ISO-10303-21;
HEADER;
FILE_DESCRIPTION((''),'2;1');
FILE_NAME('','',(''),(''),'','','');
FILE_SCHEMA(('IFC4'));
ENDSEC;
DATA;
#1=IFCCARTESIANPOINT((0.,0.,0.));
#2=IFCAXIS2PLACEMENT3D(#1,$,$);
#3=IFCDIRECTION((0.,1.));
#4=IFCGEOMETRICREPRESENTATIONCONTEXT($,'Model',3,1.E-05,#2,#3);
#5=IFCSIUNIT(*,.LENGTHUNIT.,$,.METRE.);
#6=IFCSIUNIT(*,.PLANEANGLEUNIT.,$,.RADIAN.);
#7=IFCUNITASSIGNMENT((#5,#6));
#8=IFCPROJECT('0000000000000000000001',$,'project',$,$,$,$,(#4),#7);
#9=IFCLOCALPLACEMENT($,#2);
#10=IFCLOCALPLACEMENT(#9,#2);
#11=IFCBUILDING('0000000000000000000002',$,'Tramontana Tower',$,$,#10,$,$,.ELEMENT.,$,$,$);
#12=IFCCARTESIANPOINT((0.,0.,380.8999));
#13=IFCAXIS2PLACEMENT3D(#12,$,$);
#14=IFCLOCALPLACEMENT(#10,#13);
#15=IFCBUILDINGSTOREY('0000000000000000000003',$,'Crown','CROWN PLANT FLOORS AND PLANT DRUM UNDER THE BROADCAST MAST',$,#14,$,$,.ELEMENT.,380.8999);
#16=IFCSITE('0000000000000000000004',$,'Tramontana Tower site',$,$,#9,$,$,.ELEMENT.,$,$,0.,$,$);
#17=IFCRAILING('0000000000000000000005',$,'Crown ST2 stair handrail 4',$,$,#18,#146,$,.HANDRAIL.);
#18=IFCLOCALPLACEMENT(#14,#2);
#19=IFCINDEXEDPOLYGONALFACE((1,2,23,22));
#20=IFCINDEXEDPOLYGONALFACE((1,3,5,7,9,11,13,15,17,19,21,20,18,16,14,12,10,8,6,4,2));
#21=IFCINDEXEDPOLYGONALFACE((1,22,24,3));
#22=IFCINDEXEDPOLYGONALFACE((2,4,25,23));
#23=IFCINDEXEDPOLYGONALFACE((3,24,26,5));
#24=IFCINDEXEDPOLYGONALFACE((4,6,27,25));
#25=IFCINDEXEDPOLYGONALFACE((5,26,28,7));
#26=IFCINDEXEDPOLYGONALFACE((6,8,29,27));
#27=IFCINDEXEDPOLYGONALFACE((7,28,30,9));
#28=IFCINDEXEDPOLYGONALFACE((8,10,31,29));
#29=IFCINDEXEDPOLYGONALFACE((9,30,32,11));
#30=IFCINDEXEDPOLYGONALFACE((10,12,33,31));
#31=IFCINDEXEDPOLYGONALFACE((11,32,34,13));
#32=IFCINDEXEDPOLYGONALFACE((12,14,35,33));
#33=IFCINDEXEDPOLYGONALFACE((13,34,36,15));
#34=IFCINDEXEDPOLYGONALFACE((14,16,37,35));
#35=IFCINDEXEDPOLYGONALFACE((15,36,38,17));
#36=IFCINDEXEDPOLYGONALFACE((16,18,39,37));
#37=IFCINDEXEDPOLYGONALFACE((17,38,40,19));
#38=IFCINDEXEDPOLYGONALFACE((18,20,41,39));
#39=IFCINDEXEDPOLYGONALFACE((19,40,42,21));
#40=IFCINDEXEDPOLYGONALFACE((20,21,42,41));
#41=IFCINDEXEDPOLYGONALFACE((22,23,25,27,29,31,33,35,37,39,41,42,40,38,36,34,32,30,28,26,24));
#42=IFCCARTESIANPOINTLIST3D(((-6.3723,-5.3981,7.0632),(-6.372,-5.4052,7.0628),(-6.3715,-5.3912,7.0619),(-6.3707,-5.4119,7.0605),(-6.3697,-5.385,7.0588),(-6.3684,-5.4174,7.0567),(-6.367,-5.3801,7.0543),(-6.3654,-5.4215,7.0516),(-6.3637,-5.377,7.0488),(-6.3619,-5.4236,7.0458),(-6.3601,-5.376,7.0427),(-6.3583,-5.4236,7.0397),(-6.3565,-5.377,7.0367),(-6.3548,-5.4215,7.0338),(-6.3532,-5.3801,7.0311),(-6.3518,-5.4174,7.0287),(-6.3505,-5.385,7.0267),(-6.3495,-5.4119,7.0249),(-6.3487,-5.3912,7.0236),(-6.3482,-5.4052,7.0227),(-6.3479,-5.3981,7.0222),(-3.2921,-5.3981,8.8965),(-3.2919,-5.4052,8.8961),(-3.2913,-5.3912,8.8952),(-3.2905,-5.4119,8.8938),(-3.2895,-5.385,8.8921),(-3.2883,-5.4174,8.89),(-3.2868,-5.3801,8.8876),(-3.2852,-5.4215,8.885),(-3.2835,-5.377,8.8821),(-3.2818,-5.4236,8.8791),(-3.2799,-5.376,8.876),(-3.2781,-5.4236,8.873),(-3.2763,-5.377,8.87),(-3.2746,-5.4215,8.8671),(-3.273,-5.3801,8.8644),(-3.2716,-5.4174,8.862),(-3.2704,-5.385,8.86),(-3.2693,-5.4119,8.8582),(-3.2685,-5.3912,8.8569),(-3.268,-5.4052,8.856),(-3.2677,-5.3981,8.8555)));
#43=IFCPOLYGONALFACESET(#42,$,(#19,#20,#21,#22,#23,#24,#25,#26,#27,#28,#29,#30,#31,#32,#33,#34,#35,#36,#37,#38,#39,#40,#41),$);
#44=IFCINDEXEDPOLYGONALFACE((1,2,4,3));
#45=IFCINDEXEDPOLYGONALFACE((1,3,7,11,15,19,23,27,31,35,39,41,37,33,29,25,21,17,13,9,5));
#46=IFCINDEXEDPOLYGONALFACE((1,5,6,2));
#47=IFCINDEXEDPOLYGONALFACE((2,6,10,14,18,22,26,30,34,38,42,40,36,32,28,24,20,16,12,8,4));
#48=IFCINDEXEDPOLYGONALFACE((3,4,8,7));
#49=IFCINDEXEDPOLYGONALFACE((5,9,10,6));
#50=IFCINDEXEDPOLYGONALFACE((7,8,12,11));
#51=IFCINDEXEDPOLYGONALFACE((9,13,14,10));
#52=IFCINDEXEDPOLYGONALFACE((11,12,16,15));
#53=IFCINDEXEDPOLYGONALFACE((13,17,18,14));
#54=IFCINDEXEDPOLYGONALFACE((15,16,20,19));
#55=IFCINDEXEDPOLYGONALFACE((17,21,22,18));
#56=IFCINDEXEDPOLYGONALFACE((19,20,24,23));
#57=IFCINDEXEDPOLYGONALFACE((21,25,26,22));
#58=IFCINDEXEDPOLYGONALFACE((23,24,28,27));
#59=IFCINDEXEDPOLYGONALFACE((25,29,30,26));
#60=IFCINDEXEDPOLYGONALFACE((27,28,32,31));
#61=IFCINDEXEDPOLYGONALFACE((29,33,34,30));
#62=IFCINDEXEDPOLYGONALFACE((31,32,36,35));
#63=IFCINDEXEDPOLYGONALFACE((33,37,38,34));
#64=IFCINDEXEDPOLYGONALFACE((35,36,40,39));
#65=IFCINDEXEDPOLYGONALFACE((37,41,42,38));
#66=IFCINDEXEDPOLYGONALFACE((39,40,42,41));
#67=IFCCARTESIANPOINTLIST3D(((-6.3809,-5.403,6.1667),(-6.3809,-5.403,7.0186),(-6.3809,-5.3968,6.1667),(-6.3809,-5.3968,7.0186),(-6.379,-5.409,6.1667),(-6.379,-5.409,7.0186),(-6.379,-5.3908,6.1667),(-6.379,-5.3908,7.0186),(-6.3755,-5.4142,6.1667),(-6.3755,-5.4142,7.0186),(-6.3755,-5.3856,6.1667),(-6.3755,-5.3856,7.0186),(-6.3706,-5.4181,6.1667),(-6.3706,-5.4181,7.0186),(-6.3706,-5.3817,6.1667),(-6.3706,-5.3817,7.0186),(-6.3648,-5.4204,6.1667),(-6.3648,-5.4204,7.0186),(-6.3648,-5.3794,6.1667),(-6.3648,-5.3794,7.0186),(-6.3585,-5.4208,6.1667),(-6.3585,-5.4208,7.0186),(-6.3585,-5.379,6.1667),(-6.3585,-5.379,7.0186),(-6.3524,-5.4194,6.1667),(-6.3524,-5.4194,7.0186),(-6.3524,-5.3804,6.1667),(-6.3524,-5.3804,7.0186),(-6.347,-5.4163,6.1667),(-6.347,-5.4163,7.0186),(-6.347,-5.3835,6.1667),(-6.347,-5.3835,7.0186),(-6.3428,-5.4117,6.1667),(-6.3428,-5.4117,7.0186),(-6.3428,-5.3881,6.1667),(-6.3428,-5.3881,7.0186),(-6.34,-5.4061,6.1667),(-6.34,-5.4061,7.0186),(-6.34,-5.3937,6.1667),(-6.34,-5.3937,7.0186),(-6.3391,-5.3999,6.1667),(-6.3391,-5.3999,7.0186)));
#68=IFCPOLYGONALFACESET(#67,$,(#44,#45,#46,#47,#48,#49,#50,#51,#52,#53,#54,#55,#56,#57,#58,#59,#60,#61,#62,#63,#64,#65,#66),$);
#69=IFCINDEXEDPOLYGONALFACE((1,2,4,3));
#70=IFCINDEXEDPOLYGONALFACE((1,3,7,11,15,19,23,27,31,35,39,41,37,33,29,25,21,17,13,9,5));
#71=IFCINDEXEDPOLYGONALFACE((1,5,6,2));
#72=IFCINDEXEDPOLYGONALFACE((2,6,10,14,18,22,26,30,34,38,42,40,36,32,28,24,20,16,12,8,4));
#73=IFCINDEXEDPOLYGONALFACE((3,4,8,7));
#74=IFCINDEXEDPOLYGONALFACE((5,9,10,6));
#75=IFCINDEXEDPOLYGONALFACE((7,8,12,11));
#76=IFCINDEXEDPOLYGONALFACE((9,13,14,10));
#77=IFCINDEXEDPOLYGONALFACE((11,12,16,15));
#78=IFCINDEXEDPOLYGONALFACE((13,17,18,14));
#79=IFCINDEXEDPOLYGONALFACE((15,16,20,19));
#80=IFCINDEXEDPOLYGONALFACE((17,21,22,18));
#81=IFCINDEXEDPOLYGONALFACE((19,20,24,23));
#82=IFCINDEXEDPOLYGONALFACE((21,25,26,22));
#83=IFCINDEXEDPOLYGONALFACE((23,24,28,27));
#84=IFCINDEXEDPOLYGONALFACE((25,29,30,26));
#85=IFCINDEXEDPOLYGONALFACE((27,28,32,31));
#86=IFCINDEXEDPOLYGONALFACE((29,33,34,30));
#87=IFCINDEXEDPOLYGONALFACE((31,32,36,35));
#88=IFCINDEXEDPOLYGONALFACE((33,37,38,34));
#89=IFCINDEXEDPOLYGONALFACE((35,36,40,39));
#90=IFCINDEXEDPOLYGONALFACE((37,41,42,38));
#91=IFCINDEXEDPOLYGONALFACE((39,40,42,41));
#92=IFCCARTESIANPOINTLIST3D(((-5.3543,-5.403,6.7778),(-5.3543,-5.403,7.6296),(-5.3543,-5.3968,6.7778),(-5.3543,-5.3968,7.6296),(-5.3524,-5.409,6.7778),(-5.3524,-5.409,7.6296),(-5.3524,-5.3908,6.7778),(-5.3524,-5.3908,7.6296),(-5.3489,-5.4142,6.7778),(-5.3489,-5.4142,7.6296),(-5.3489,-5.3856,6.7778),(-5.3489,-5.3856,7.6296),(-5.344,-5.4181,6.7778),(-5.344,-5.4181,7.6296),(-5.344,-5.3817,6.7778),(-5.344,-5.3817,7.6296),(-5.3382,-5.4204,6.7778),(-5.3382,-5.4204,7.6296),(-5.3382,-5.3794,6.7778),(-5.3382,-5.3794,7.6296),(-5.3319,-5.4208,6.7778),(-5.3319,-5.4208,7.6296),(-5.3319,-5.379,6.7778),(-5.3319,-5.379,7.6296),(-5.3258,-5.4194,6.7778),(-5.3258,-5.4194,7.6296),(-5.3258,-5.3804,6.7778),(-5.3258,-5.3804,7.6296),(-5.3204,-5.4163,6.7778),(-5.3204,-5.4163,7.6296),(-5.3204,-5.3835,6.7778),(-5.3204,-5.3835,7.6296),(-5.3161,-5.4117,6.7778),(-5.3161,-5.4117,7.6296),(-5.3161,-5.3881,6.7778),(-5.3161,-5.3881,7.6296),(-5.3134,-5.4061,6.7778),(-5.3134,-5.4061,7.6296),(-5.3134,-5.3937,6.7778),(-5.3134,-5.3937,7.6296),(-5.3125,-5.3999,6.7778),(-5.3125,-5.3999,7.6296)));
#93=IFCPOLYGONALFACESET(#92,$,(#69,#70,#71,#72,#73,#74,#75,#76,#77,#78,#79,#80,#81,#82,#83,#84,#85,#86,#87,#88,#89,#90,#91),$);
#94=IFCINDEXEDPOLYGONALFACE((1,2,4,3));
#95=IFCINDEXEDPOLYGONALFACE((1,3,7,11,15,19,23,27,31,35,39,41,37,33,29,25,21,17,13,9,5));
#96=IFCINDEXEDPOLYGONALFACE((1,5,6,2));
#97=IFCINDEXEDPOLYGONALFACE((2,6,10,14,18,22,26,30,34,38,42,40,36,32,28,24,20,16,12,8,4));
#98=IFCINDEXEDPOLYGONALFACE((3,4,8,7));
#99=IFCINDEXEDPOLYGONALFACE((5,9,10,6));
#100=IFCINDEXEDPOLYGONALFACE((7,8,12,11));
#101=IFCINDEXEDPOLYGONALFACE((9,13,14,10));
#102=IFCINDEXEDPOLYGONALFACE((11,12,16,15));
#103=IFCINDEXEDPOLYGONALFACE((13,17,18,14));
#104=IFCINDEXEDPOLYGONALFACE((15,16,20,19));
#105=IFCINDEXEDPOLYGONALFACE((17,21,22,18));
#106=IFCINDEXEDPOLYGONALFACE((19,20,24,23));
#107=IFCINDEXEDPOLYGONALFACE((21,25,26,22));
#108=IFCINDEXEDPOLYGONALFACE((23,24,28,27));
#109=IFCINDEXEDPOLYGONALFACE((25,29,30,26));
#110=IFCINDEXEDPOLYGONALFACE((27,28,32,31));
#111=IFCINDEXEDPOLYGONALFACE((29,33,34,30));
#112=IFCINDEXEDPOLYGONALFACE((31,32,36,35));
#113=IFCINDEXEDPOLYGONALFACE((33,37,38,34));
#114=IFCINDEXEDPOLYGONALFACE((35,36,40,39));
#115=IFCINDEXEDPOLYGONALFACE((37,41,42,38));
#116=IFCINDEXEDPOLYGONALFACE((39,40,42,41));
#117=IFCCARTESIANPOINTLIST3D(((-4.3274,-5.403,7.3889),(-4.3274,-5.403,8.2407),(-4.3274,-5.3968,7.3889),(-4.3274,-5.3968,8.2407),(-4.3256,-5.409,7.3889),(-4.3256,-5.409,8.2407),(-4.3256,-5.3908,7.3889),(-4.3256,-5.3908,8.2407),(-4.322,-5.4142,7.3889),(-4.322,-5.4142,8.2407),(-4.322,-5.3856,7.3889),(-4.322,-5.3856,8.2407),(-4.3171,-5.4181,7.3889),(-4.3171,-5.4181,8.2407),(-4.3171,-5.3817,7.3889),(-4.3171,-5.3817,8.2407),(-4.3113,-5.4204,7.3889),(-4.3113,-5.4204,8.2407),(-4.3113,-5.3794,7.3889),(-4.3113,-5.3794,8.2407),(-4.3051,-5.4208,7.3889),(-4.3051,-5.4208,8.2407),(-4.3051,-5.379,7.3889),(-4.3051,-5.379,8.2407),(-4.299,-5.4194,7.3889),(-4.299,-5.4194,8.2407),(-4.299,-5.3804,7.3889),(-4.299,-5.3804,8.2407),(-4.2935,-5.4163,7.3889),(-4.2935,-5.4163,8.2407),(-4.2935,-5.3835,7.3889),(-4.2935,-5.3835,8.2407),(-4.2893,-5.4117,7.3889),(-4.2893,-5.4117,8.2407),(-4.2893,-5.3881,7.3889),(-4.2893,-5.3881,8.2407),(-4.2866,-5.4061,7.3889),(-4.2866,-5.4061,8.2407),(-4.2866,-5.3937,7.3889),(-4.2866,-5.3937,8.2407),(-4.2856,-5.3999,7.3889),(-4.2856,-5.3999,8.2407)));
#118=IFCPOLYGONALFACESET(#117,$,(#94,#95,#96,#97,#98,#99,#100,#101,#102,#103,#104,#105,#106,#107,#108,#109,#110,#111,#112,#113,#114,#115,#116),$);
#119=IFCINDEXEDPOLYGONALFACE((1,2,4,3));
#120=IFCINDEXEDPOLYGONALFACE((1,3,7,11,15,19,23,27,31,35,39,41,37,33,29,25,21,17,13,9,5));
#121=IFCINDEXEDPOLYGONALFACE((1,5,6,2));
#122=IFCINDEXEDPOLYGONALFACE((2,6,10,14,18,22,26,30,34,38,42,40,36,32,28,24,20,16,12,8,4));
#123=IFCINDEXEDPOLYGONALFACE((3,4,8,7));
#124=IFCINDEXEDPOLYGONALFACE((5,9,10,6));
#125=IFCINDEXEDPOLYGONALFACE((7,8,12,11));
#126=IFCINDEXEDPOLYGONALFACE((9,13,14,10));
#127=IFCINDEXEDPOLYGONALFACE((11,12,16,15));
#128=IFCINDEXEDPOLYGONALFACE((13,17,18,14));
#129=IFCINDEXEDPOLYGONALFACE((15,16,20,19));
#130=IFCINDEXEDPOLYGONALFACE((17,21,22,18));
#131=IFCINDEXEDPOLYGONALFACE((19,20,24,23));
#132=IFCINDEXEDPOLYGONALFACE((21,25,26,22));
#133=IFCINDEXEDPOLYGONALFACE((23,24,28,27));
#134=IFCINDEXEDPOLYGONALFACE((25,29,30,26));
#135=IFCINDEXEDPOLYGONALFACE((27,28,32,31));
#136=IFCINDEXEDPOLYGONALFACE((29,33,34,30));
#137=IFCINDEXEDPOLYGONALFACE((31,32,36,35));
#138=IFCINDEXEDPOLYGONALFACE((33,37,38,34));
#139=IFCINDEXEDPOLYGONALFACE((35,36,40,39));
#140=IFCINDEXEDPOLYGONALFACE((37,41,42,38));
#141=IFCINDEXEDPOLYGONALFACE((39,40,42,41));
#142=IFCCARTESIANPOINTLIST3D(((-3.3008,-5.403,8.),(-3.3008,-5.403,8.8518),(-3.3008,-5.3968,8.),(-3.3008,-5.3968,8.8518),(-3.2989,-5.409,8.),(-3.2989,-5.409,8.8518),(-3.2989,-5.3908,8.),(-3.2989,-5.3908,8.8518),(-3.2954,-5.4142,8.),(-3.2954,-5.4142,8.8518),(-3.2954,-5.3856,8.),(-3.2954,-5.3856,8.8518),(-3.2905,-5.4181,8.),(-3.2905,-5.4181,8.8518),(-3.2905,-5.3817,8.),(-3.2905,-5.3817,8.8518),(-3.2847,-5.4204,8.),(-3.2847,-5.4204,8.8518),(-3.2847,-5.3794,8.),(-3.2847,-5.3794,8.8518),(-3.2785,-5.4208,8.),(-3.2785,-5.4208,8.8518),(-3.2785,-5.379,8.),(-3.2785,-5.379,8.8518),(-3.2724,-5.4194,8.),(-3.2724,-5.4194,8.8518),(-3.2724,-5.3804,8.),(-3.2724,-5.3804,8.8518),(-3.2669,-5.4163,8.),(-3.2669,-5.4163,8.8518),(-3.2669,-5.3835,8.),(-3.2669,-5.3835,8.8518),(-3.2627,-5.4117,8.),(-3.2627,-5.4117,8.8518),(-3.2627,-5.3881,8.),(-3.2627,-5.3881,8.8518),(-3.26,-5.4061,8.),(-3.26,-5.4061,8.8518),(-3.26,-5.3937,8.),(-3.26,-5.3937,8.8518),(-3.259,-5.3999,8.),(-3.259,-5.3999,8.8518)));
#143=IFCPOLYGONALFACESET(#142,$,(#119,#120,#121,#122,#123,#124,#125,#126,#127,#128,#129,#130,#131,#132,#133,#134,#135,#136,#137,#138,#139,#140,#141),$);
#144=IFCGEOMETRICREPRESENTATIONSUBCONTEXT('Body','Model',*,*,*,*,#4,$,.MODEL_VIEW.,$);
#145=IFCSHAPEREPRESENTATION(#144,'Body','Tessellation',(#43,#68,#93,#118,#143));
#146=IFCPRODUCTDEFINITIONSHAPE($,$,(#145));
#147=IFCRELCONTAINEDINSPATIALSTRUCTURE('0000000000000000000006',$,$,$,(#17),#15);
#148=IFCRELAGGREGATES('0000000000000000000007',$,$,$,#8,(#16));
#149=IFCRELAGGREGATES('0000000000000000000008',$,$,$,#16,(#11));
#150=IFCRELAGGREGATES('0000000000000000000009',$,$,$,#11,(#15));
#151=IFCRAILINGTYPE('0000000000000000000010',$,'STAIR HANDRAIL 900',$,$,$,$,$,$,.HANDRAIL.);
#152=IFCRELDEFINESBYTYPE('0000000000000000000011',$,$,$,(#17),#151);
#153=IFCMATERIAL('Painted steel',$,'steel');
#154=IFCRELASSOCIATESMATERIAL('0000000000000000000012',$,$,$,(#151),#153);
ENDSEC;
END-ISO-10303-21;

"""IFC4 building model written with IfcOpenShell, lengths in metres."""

from ifc_helpers import new_model, si_unit, direction, frame, origin, origin_2d, place, context, subcontext, project, spatial, circle, extrude, material, type_object, element, save


model = new_model("IFC4")

# Units and contexts
model_context = context("Model", 3, precision=1e-05, world=origin(), true_north=direction((0.0, 1.0)))
body_context = subcontext(model_context, "Body", "Model", "MODEL_VIEW")
ifc_project = project(units=[si_unit("LENGTHUNIT", "METRE"), si_unit("PLANEANGLEUNIT", "RADIAN")], contexts=[model_context])

# Site, building, storey
site_placement = place(None, origin())
site = spatial("IfcSite", under=ifc_project, at=site_placement, Name="Tramontana Tower site", CompositionType="ELEMENT", RefElevation=0.0)
building_placement = place(site_placement, origin())
building = spatial("IfcBuilding", under=site, at=building_placement, Name="Tramontana Tower", CompositionType="ELEMENT")
storey_placement = place(building_placement, frame((0.0, 0.0, 380.8999)))
storey = spatial("IfcBuildingStorey", under=building, at=storey_placement, Name="Crown", Description="CROWN PLANT FLOORS AND PLANT DRUM UNDER THE BROADCAST MAST", CompositionType="ELEMENT", Elevation=380.8999)

# Railing
ifc_material_1 = material(Name="Painted steel", Category="steel")
railing_type = type_object("IfcRailingType", Name="STAIR HANDRAIL 900", PredefinedType="HANDRAIL", material=ifc_material_1)
for number, where, name in (
    (1, (-6.3601, -5.3999, 6.1667), "Crown ST2 stair handrail 4"),
):
    element("IfcRailing", number, at=place(storey_placement, frame(where)), inside=storey, type_object=railing_type, Name=name, PredefinedType="HANDRAIL", context=body_context, shape_type="SweptSolid", body=[
        extrude(circle(Radius=0.0239, at=origin_2d()), frame((0.0, 0.0, 0.876), z_axis=(0.859309, 0.0, 0.511458), x_axis=(0.0, 1.0, 0.0)), (0.0, 0.0, 1.0), 3.5845),
        extrude(circle(Radius=0.021, at=origin_2d()), origin(), (0.0, 0.0, 1.0), 0.8518),
        extrude(circle(Radius=0.021, at=origin_2d()), frame((1.0266, 0.0, 0.6111)), (0.0, 0.0, 1.0), 0.8518),
        extrude(circle(Radius=0.021, at=origin_2d()), frame((2.0535, 0.0, 1.2222)), (0.0, 0.0, 1.0), 0.8518),
        extrude(circle(Radius=0.021, at=origin_2d()), frame((3.0801, 0.0, 1.8333)), (0.0, 0.0, 1.0), 0.8518),
    ])

save(model, "model.ifc")
